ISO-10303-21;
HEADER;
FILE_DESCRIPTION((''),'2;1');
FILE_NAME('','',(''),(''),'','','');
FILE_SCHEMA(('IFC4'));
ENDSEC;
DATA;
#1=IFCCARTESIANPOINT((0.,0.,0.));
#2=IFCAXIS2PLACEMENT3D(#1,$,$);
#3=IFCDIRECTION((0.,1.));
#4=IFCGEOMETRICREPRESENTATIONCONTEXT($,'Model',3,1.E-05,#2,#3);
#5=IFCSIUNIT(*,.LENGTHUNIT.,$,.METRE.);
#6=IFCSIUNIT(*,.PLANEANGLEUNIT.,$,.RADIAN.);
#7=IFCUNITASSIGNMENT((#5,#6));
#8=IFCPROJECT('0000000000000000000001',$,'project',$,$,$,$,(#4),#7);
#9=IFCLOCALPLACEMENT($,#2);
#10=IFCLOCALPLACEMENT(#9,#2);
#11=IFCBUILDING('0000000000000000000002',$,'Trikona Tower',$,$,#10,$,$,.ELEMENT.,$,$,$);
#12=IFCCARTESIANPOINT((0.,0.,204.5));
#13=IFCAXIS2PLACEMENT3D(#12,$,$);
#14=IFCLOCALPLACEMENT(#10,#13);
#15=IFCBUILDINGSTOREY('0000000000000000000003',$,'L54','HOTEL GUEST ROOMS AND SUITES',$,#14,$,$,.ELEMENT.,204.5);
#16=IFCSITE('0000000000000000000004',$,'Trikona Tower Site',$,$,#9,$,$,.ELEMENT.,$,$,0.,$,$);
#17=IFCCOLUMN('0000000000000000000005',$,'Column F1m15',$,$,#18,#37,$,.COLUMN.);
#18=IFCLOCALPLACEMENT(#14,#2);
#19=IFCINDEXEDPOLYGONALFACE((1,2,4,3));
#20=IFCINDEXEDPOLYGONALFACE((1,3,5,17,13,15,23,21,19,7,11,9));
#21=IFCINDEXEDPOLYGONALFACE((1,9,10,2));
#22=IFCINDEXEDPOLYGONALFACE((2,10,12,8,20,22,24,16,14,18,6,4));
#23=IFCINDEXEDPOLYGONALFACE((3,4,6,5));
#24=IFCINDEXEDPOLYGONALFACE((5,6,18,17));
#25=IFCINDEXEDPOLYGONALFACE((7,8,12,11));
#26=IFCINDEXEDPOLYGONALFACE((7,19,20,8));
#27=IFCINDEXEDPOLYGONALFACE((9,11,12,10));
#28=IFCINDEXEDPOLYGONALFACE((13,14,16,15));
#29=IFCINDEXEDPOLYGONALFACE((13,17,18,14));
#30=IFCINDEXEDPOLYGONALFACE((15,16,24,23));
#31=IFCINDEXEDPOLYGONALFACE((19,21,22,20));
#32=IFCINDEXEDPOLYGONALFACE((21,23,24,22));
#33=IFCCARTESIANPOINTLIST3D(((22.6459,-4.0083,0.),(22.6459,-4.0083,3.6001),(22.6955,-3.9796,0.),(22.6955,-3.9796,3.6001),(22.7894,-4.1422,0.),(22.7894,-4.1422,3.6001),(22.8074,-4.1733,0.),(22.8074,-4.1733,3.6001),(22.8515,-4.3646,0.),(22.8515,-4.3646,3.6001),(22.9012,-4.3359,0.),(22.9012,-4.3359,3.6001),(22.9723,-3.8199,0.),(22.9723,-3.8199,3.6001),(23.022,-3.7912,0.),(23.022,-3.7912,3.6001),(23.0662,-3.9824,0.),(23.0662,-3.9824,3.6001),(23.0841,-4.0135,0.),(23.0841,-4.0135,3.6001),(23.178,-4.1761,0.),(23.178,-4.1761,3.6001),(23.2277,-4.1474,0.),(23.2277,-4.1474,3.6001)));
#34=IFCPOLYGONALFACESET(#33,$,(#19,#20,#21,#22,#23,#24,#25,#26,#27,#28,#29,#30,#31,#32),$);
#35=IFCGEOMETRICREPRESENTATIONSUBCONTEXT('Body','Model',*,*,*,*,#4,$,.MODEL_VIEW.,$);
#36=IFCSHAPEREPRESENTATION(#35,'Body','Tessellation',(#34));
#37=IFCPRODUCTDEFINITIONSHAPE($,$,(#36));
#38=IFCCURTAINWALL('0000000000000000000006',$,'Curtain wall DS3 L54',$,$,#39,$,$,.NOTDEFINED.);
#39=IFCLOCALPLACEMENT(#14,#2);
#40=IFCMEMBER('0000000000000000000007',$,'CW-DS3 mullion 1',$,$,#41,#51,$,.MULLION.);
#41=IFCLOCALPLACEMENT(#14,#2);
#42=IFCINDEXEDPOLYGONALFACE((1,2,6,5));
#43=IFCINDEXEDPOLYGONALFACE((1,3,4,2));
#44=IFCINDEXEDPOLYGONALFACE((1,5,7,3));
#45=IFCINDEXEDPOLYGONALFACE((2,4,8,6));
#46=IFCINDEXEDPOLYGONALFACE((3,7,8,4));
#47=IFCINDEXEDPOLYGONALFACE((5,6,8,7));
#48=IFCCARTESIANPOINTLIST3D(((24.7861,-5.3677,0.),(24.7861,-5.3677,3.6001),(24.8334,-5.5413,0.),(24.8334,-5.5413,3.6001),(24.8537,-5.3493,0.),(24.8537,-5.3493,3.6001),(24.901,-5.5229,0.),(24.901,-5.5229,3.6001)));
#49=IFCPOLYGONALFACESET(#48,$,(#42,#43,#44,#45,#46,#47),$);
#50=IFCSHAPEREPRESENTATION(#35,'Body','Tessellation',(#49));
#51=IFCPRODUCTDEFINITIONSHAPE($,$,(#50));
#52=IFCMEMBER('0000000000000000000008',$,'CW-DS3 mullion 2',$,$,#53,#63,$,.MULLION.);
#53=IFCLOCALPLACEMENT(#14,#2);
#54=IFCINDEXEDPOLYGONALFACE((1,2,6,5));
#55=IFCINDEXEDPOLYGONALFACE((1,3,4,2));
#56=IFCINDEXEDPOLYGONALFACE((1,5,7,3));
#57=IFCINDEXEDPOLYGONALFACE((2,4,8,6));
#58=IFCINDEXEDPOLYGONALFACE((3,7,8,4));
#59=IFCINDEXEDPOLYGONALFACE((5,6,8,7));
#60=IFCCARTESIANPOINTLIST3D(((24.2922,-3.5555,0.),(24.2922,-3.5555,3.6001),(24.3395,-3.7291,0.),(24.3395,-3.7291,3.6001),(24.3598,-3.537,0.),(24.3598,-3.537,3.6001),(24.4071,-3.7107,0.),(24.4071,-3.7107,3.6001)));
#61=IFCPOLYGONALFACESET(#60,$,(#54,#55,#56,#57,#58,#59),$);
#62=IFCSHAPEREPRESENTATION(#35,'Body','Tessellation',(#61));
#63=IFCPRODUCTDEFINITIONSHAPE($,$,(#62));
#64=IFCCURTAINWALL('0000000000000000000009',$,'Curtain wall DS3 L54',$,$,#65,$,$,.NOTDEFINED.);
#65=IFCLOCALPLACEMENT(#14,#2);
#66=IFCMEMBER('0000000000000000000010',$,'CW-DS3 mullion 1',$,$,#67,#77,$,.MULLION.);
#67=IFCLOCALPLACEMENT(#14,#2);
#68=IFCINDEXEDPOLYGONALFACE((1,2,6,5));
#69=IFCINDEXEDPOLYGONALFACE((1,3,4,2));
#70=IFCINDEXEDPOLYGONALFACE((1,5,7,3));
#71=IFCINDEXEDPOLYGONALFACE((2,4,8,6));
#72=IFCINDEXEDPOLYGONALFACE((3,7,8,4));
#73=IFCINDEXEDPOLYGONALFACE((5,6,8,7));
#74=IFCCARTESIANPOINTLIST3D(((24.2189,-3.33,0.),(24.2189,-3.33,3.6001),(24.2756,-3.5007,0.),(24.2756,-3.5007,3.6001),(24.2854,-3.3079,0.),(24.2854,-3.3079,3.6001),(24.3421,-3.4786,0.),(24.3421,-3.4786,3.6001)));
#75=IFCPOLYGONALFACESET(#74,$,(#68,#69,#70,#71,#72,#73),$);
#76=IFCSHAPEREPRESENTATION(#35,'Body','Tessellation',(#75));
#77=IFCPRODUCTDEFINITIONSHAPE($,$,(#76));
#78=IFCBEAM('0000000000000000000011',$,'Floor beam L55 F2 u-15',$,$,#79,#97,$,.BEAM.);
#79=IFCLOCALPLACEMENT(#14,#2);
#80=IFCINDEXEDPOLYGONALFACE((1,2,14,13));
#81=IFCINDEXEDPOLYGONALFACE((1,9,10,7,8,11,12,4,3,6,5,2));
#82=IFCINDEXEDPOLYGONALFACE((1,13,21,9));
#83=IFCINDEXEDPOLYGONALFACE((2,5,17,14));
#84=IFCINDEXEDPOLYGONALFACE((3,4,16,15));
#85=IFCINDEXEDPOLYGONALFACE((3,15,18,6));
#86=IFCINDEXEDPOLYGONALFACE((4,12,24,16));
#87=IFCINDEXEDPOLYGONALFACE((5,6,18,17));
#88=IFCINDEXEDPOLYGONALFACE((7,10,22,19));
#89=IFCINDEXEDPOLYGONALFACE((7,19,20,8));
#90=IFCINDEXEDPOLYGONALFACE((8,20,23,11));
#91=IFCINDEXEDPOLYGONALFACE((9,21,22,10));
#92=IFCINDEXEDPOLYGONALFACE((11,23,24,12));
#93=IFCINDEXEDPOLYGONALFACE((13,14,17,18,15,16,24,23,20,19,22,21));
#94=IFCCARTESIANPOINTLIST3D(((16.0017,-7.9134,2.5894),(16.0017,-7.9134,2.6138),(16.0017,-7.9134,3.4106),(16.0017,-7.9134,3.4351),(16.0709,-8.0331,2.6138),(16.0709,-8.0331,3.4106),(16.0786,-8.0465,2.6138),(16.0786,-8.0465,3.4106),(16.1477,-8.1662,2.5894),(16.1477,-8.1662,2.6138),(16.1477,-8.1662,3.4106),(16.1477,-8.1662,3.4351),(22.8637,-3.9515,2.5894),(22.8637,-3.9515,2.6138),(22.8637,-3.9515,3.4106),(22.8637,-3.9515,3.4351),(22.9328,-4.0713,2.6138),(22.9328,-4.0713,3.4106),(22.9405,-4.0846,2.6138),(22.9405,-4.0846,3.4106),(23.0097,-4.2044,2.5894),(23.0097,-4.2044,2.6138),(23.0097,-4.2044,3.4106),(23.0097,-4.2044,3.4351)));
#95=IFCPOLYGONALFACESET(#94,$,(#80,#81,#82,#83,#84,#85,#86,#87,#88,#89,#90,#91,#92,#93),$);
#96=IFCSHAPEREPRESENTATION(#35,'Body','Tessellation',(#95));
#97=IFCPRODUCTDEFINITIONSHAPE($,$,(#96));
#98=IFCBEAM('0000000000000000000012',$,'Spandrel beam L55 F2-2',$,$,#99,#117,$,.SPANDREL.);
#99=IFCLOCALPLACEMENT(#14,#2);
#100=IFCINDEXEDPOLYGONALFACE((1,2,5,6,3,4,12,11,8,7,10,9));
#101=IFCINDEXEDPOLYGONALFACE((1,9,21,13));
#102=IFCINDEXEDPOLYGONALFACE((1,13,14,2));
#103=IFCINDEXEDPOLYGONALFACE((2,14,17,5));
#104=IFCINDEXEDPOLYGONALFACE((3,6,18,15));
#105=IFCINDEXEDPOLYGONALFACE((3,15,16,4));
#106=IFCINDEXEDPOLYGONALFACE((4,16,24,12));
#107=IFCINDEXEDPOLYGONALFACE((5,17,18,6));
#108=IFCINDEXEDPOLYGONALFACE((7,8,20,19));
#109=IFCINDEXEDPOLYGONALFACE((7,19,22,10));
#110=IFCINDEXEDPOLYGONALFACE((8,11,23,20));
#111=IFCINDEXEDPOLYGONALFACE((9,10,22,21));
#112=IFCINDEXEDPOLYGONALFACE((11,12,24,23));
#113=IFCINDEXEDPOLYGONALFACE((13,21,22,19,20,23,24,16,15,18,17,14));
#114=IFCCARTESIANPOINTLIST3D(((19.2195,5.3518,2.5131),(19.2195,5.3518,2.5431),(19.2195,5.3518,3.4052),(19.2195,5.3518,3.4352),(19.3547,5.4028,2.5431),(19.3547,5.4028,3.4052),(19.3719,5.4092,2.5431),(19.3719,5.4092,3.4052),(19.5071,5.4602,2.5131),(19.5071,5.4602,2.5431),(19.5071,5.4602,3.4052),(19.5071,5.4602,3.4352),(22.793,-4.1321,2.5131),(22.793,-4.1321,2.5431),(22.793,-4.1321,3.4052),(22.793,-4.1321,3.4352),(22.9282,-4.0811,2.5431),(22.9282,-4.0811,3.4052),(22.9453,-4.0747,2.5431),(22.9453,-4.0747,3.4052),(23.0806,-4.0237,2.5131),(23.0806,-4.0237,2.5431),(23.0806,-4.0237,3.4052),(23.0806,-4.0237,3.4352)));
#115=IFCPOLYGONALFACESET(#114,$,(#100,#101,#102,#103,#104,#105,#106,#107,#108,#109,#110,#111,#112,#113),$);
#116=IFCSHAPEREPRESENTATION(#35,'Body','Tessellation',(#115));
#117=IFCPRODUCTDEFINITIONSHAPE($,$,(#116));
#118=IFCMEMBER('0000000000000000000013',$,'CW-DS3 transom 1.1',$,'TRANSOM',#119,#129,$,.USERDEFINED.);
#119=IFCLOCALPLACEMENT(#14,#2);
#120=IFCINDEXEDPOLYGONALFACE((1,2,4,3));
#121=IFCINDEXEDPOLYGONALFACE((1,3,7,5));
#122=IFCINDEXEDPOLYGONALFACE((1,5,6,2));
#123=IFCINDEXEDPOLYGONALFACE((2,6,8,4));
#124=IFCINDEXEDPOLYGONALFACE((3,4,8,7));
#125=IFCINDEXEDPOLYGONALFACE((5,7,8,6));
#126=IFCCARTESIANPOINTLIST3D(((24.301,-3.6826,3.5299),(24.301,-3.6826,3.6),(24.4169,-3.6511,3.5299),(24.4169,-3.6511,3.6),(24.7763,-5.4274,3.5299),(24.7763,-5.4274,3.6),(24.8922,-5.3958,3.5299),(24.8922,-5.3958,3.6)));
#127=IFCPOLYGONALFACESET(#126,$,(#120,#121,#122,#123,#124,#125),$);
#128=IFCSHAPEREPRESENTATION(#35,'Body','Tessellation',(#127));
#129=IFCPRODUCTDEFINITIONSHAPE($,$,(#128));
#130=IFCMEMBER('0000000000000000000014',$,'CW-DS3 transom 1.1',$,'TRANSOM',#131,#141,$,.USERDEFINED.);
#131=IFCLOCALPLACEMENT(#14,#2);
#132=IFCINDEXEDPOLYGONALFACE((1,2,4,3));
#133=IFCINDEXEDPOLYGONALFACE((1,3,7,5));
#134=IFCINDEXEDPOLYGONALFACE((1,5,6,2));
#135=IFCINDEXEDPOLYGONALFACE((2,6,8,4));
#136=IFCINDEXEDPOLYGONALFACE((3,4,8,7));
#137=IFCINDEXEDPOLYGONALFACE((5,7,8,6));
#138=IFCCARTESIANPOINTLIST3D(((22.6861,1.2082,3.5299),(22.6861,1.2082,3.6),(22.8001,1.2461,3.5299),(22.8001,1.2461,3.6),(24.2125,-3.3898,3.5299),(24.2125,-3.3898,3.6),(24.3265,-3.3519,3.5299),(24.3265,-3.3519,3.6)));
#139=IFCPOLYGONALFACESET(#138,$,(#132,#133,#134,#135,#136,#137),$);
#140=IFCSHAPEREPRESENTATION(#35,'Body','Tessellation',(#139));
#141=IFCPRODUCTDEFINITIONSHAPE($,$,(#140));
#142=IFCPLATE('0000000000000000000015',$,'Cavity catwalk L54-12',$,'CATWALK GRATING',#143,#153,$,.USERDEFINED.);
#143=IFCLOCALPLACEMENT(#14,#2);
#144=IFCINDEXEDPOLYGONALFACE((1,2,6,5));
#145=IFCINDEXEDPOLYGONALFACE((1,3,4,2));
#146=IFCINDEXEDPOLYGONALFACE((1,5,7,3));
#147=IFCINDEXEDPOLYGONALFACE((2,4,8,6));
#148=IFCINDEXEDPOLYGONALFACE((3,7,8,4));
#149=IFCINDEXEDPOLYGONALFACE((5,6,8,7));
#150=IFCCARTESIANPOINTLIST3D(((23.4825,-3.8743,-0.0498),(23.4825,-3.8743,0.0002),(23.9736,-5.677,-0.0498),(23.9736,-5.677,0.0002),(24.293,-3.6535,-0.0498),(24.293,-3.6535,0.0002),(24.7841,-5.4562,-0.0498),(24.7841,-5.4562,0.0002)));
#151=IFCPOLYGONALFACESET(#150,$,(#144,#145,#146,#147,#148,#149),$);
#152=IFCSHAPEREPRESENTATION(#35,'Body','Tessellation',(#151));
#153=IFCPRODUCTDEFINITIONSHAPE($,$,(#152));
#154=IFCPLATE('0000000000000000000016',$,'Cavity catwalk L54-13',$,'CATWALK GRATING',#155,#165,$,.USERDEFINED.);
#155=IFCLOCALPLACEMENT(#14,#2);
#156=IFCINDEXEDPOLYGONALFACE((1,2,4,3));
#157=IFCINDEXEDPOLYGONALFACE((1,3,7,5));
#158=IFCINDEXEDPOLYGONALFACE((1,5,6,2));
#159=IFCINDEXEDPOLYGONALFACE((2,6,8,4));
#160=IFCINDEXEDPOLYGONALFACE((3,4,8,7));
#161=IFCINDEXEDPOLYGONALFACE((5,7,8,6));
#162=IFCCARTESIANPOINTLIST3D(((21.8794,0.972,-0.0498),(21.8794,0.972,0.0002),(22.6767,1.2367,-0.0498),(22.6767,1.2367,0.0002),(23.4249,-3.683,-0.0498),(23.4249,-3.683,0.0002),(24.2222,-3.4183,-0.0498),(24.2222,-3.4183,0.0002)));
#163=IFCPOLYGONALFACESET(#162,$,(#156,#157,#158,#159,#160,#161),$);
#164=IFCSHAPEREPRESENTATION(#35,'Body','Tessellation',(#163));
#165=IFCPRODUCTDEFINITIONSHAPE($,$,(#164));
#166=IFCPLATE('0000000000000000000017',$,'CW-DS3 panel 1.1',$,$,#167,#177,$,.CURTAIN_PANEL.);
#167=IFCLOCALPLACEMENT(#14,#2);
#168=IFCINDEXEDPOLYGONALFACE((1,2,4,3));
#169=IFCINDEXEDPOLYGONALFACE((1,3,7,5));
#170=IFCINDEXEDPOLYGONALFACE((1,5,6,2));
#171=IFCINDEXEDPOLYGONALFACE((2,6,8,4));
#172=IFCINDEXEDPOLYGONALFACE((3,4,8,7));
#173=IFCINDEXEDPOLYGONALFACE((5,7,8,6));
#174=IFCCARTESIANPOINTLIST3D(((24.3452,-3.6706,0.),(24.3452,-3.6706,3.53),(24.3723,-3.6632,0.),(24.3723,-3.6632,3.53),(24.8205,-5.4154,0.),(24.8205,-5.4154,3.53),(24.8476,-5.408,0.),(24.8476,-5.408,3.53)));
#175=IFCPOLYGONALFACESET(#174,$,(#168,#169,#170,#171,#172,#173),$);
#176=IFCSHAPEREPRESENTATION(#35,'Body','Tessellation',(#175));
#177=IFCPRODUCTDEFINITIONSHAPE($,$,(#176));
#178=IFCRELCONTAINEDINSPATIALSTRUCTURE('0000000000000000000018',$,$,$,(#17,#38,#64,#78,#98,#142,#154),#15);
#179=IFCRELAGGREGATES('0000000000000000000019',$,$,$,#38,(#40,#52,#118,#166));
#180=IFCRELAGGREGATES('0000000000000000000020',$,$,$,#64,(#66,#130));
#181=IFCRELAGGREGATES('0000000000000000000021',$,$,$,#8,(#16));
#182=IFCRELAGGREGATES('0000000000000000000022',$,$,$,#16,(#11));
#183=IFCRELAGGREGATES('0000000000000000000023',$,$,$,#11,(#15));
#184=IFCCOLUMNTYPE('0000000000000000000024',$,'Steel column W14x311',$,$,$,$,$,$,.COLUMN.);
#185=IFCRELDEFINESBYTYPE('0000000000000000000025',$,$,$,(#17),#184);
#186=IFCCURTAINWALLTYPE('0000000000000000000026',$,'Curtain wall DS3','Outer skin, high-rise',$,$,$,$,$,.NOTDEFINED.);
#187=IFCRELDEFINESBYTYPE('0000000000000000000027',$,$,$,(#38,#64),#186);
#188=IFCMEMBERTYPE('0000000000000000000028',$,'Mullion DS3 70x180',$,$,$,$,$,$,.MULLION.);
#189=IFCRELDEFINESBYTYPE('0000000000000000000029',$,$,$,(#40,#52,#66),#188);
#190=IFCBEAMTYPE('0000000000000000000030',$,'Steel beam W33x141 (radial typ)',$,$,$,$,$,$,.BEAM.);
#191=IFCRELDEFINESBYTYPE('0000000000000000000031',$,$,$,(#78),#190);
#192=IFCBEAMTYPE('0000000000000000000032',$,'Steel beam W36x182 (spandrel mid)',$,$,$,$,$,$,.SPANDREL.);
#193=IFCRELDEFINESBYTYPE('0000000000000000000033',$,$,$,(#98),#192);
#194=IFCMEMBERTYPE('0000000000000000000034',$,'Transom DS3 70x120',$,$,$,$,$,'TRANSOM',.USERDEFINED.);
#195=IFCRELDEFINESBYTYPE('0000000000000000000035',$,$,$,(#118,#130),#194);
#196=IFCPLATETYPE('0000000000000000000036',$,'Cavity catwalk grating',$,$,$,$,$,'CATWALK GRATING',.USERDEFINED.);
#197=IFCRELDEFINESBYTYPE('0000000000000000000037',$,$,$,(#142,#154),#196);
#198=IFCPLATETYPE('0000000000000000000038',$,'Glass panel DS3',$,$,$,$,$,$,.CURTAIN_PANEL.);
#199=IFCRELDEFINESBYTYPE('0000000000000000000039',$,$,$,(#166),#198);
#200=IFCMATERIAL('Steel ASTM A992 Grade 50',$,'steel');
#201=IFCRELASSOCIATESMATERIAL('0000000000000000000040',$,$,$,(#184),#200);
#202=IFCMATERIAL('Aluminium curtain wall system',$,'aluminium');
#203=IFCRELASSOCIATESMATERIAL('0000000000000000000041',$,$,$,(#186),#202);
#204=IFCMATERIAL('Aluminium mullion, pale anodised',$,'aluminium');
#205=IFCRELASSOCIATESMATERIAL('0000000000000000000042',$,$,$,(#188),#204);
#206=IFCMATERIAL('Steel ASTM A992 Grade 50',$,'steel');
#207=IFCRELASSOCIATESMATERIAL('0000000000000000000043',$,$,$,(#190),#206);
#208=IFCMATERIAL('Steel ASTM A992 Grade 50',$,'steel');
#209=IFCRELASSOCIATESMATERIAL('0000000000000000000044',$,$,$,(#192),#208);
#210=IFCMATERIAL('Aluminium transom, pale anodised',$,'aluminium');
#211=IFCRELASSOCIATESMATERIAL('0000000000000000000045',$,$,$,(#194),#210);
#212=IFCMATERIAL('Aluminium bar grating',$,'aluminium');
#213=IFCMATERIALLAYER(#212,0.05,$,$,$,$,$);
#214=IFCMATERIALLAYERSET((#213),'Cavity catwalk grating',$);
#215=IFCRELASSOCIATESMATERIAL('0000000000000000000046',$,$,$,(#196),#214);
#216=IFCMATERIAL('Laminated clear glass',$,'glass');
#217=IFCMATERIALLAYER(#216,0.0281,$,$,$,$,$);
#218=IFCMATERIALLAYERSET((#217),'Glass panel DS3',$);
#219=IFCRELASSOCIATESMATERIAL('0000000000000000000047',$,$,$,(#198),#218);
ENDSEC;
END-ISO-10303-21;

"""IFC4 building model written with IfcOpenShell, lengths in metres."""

from ifc_helpers import new_model, si_unit, direction, frame, origin, origin_2d, place, context, subcontext, project, spatial, rectangle, i_section, extrude, material, layer, layer_set, material_profile, profile_set, type_object, element, aggregate, save


model = new_model("IFC4")

# Units and contexts
model_context = context("Model", 3, precision=1e-05, world=origin(), true_north=direction((0.0, 1.0)))
body_context = subcontext(model_context, "Body", "Model", "MODEL_VIEW")
ifc_project = project(units=[si_unit("LENGTHUNIT", "METRE"), si_unit("PLANEANGLEUNIT", "RADIAN")], contexts=[model_context])

# Site, building, storey
site_placement = place(None, origin())
site = spatial("IfcSite", under=ifc_project, at=site_placement, Name="Trikona Tower Site", CompositionType="ELEMENT", RefElevation=0.0)
building_placement = place(site_placement, origin())
building = spatial("IfcBuilding", under=site, at=building_placement, Name="Trikona Tower", CompositionType="ELEMENT")
storey_placement = place(building_placement, frame((0.0, 0.0, 204.5)))
storey = spatial("IfcBuildingStorey", under=building, at=storey_placement, Name="L54", Description="HOTEL GUEST ROOMS AND SUITES", CompositionType="ELEMENT", Elevation=204.5)

# Column
ifc_material_1 = material(Name="Steel ASTM A992 Grade 50", Category="steel")
ifc_material_profile_1 = material_profile(ifc_material_1, i_section(OverallWidth=0.4114, OverallDepth=0.4343, WebThickness=0.0359, FlangeThickness=0.0574, at=origin_2d()), Name="W14X311")
ifc_profile_set_1 = profile_set([ifc_material_profile_1], Name="Steel ASTM A992 Grade 50")
column_type = type_object("IfcColumnType", Name="Steel column W14x311", PredefinedType="COLUMN", material=ifc_profile_set_1)
column_placement = place(storey_placement, frame((22.9368, -4.0779, 0.0), z_axis=(0.0, 0.0, 1.0), x_axis=(-0.5, 0.866025, 0.0)))
element("IfcColumn", 1, at=column_placement, inside=storey, type_object=column_type, Name="Column F1m15", PredefinedType="COLUMN", context=body_context, shape_type="SweptSolid", body=[
    extrude(i_section(OverallWidth=0.4114, OverallDepth=0.4343, WebThickness=0.0359, FlangeThickness=0.0574, at=origin_2d()), origin(), (0.0, 0.0, 1.0), 3.6001),
])

# Curtain wall, members
ifc_material_2 = material(Name="Aluminium curtain wall system", Category="aluminium")
curtain_wall_type = type_object("IfcCurtainWallType", Name="Curtain wall DS3", Description="Outer skin, high-rise", PredefinedType="NOTDEFINED", material=ifc_material_2)
curtain_wall_1_placement = place(storey_placement, origin())
curtain_wall_1 = element("IfcCurtainWall", 2, at=curtain_wall_1_placement, inside=storey, type_object=curtain_wall_type, Name="Curtain wall DS3 L54", PredefinedType="NOTDEFINED")
ifc_material_3 = material(Name="Aluminium mullion, pale anodised", Category="aluminium")
ifc_material_profile_2 = material_profile(ifc_material_3, rectangle(XDim=0.0701, YDim=0.1799, at=origin_2d()), Name="MUL-DS3")
ifc_profile_set_2 = profile_set([ifc_material_profile_2], Name="Aluminium mullion, pale anodised")
member_type_1 = type_object("IfcMemberType", Name="Mullion DS3 70x180", PredefinedType="MULLION", material=ifc_profile_set_2)
member_1_placement = place(storey_placement, frame((24.8435, -5.4453, 0.0), z_axis=(0.0, 0.0, 1.0), x_axis=(-0.964838, -0.262844, 0.0)))
member_1 = element("IfcMember", 3, at=member_1_placement, type_object=member_type_1, Name="CW-DS3 mullion 1", PredefinedType="MULLION", context=body_context, shape_type="SweptSolid", body=[
    extrude(rectangle(XDim=0.0701, YDim=0.1799, at=origin_2d()), origin(), (0.0, 0.0, 1.0), 3.6001),
])
member_2_placement = place(storey_placement, frame((24.3496, -3.6331, 0.0), z_axis=(0.0, 0.0, 1.0), x_axis=(-0.964838, -0.262844, 0.0)))
member_2 = element("IfcMember", 4, at=member_2_placement, type_object=member_type_1, Name="CW-DS3 mullion 2", PredefinedType="MULLION", context=body_context, shape_type="SweptSolid", body=[
    extrude(rectangle(XDim=0.0701, YDim=0.1799, at=origin_2d()), origin(), (0.0, 0.0, 1.0), 3.6001),
])

# Curtain wall, member
curtain_wall_2_placement = place(storey_placement, origin())
curtain_wall_2 = element("IfcCurtainWall", 5, at=curtain_wall_2_placement, inside=storey, type_object=curtain_wall_type, Name="Curtain wall DS3 L54", PredefinedType="NOTDEFINED")
member_3_placement = place(storey_placement, frame((24.2805, -3.4043, 0.0), z_axis=(0.0, 0.0, 1.0), x_axis=(-0.949066, -0.315078, 0.0)))
member_3 = element("IfcMember", 6, at=member_3_placement, type_object=member_type_1, Name="CW-DS3 mullion 1", PredefinedType="MULLION", context=body_context, shape_type="SweptSolid", body=[
    extrude(rectangle(XDim=0.0701, YDim=0.1799, at=origin_2d()), origin(), (0.0, 0.0, 1.0), 3.6001),
])

# Beams
ifc_material_4 = material(Name="Steel ASTM A992 Grade 50", Category="steel")
ifc_material_profile_3 = material_profile(ifc_material_4, i_section(OverallWidth=0.292, OverallDepth=0.8457, WebThickness=0.0154, FlangeThickness=0.0244, at=origin_2d()), Name="W33X141")
ifc_profile_set_3 = profile_set([ifc_material_profile_3], Name="Steel ASTM A992 Grade 50")
beam_type_1 = type_object("IfcBeamType", Name="Steel beam W33x141 (radial typ)", PredefinedType="BEAM", material=ifc_profile_set_3)
beam_1_placement = place(storey_placement, frame((16.0747, -8.0398, 3.0122), z_axis=(0.86602, 0.50001, 0.0), x_axis=(-0.50001, 0.86602, 0.0)))
element("IfcBeam", 7, at=beam_1_placement, inside=storey, type_object=beam_type_1, Name="Floor beam L55 F2 u-15", PredefinedType="BEAM", context=body_context, shape_type="SweptSolid", body=[
    extrude(i_section(OverallWidth=0.292, OverallDepth=0.8457, WebThickness=0.0154, FlangeThickness=0.0244, at=origin_2d()), origin(), (0.0, 0.0, 1.0), 7.9236),
])
ifc_material_5 = material(Name="Steel ASTM A992 Grade 50", Category="steel")
ifc_material_profile_4 = material_profile(ifc_material_5, i_section(OverallWidth=0.3074, OverallDepth=0.9221, WebThickness=0.0183, FlangeThickness=0.03, at=origin_2d()), Name="W36X182")
ifc_profile_set_4 = profile_set([ifc_material_profile_4], Name="Steel ASTM A992 Grade 50")
beam_type_2 = type_object("IfcBeamType", Name="Steel beam W36x182 (spandrel mid)", PredefinedType="SPANDREL", material=ifc_profile_set_4)
beam_2_placement = place(storey_placement, frame((22.9368, -4.0779, 2.9741), z_axis=(-0.352596, 0.935776, 0.0), x_axis=(-0.935776, -0.352596, 0.0)))
element("IfcBeam", 8, at=beam_2_placement, inside=storey, type_object=beam_type_2, Name="Spandrel beam L55 F2-2", PredefinedType="SPANDREL", context=body_context, shape_type="SweptSolid", body=[
    extrude(i_section(OverallWidth=0.3074, OverallDepth=0.9221, WebThickness=0.0183, FlangeThickness=0.03, at=origin_2d()), origin(), (0.0, 0.0, 1.0), 10.1348),
])

# Members
ifc_material_6 = material(Name="Aluminium transom, pale anodised", Category="aluminium")
ifc_material_profile_5 = material_profile(ifc_material_6, rectangle(XDim=0.1201, YDim=0.0701, at=origin_2d()), Name="TRN-DS3")
ifc_profile_set_5 = profile_set([ifc_material_profile_5], Name="Aluminium transom, pale anodised")
member_type_2 = type_object("IfcMemberType", Name="Transom DS3 70x120", ElementType="TRANSOM", PredefinedType="USERDEFINED", material=ifc_profile_set_5)
member_4_placement = place(storey_placement, frame((24.8342, -5.4116, 3.5649), z_axis=(-0.262843, 0.964839, 0.0), x_axis=(-0.964839, -0.262843, 0.0)))
member_4 = element("IfcMember", 9, at=member_4_placement, type_object=member_type_2, Name="CW-DS3 transom 1.1", ObjectType="TRANSOM", PredefinedType="USERDEFINED", context=body_context, shape_type="SweptSolid", body=[
    extrude(rectangle(XDim=0.1201, YDim=0.0701, at=origin_2d()), origin(), (0.0, 0.0, 1.0), 1.8083),
])
member_5_placement = place(storey_placement, frame((24.2695, -3.3708, 3.5649), z_axis=(-0.315063, 0.949071, 0.0), x_axis=(-0.949071, -0.315063, 0.0)))
member_5 = element("IfcMember", 10, at=member_5_placement, type_object=member_type_2, Name="CW-DS3 transom 1.1", ObjectType="TRANSOM", PredefinedType="USERDEFINED", context=body_context, shape_type="SweptSolid", body=[
    extrude(rectangle(XDim=0.1201, YDim=0.0701, at=origin_2d()), origin(), (0.0, 0.0, 1.0), 4.8447),
])

# Plates
ifc_material_7 = material(Name="Aluminium bar grating", Category="aluminium")
ifc_layer_1 = layer(ifc_material_7, 0.05)
ifc_layer_set_1 = layer_set([ifc_layer_1], Name="Cavity catwalk grating")
plate_type_1 = type_object("IfcPlateType", Name="Cavity catwalk grating", ElementType="CATWALK GRATING", PredefinedType="USERDEFINED", material=ifc_layer_set_1)
plate_1_placement = place(storey_placement, frame((24.1333, -4.6653, -0.0498), z_axis=(0.0, 0.0, 1.0), x_axis=(-0.262822, 0.964844, 0.0)))
element("IfcPlate", 11, at=plate_1_placement, inside=storey, type_object=plate_type_1, Name="Cavity catwalk L54-12", ObjectType="CATWALK GRATING", PredefinedType="USERDEFINED", context=body_context, shape_type="SweptSolid", body=[
    extrude(rectangle(XDim=1.8684, YDim=0.8401, at=origin_2d()), origin(), (0.0, 0.0, 1.0), 0.05),
])
plate_2_placement = place(storey_placement, frame((23.0508, -1.2231, -0.0498), z_axis=(0.0, 0.0, 1.0), x_axis=(-0.315093, 0.949061, 0.0)))
element("IfcPlate", 12, at=plate_2_placement, inside=storey, type_object=plate_type_1, Name="Cavity catwalk L54-13", ObjectType="CATWALK GRATING", PredefinedType="USERDEFINED", context=body_context, shape_type="SweptSolid", body=[
    extrude(rectangle(XDim=4.9048, YDim=0.8401, at=origin_2d()), origin(), (0.0, 0.0, 1.0), 0.05),
])

# Plate
ifc_material_8 = material(Name="Laminated clear glass", Category="glass")
ifc_layer_2 = layer(ifc_material_8, 0.0281)
ifc_layer_set_2 = layer_set([ifc_layer_2], Name="Glass panel DS3")
plate_type_2 = type_object("IfcPlateType", Name="Glass panel DS3", PredefinedType="CURTAIN_PANEL", material=ifc_layer_set_2)
plate_3_placement = place(storey_placement, frame((24.5964, -4.5393, 0.0), z_axis=(0.0, 0.0, 1.0), x_axis=(-0.262844, 0.964838, 0.0)))
plate_3 = element("IfcPlate", 13, at=plate_3_placement, type_object=plate_type_2, Name="CW-DS3 panel 1.1", PredefinedType="CURTAIN_PANEL", context=body_context, shape_type="SweptSolid", body=[
    extrude(rectangle(XDim=1.8083, YDim=0.0281, at=origin_2d()), origin(), (0.0, 0.0, 1.0), 3.53),
])
aggregate(curtain_wall_1, [member_1, member_2, member_4, plate_3])
aggregate(curtain_wall_2, [member_3, member_5])

save(model, "model.ifc")
